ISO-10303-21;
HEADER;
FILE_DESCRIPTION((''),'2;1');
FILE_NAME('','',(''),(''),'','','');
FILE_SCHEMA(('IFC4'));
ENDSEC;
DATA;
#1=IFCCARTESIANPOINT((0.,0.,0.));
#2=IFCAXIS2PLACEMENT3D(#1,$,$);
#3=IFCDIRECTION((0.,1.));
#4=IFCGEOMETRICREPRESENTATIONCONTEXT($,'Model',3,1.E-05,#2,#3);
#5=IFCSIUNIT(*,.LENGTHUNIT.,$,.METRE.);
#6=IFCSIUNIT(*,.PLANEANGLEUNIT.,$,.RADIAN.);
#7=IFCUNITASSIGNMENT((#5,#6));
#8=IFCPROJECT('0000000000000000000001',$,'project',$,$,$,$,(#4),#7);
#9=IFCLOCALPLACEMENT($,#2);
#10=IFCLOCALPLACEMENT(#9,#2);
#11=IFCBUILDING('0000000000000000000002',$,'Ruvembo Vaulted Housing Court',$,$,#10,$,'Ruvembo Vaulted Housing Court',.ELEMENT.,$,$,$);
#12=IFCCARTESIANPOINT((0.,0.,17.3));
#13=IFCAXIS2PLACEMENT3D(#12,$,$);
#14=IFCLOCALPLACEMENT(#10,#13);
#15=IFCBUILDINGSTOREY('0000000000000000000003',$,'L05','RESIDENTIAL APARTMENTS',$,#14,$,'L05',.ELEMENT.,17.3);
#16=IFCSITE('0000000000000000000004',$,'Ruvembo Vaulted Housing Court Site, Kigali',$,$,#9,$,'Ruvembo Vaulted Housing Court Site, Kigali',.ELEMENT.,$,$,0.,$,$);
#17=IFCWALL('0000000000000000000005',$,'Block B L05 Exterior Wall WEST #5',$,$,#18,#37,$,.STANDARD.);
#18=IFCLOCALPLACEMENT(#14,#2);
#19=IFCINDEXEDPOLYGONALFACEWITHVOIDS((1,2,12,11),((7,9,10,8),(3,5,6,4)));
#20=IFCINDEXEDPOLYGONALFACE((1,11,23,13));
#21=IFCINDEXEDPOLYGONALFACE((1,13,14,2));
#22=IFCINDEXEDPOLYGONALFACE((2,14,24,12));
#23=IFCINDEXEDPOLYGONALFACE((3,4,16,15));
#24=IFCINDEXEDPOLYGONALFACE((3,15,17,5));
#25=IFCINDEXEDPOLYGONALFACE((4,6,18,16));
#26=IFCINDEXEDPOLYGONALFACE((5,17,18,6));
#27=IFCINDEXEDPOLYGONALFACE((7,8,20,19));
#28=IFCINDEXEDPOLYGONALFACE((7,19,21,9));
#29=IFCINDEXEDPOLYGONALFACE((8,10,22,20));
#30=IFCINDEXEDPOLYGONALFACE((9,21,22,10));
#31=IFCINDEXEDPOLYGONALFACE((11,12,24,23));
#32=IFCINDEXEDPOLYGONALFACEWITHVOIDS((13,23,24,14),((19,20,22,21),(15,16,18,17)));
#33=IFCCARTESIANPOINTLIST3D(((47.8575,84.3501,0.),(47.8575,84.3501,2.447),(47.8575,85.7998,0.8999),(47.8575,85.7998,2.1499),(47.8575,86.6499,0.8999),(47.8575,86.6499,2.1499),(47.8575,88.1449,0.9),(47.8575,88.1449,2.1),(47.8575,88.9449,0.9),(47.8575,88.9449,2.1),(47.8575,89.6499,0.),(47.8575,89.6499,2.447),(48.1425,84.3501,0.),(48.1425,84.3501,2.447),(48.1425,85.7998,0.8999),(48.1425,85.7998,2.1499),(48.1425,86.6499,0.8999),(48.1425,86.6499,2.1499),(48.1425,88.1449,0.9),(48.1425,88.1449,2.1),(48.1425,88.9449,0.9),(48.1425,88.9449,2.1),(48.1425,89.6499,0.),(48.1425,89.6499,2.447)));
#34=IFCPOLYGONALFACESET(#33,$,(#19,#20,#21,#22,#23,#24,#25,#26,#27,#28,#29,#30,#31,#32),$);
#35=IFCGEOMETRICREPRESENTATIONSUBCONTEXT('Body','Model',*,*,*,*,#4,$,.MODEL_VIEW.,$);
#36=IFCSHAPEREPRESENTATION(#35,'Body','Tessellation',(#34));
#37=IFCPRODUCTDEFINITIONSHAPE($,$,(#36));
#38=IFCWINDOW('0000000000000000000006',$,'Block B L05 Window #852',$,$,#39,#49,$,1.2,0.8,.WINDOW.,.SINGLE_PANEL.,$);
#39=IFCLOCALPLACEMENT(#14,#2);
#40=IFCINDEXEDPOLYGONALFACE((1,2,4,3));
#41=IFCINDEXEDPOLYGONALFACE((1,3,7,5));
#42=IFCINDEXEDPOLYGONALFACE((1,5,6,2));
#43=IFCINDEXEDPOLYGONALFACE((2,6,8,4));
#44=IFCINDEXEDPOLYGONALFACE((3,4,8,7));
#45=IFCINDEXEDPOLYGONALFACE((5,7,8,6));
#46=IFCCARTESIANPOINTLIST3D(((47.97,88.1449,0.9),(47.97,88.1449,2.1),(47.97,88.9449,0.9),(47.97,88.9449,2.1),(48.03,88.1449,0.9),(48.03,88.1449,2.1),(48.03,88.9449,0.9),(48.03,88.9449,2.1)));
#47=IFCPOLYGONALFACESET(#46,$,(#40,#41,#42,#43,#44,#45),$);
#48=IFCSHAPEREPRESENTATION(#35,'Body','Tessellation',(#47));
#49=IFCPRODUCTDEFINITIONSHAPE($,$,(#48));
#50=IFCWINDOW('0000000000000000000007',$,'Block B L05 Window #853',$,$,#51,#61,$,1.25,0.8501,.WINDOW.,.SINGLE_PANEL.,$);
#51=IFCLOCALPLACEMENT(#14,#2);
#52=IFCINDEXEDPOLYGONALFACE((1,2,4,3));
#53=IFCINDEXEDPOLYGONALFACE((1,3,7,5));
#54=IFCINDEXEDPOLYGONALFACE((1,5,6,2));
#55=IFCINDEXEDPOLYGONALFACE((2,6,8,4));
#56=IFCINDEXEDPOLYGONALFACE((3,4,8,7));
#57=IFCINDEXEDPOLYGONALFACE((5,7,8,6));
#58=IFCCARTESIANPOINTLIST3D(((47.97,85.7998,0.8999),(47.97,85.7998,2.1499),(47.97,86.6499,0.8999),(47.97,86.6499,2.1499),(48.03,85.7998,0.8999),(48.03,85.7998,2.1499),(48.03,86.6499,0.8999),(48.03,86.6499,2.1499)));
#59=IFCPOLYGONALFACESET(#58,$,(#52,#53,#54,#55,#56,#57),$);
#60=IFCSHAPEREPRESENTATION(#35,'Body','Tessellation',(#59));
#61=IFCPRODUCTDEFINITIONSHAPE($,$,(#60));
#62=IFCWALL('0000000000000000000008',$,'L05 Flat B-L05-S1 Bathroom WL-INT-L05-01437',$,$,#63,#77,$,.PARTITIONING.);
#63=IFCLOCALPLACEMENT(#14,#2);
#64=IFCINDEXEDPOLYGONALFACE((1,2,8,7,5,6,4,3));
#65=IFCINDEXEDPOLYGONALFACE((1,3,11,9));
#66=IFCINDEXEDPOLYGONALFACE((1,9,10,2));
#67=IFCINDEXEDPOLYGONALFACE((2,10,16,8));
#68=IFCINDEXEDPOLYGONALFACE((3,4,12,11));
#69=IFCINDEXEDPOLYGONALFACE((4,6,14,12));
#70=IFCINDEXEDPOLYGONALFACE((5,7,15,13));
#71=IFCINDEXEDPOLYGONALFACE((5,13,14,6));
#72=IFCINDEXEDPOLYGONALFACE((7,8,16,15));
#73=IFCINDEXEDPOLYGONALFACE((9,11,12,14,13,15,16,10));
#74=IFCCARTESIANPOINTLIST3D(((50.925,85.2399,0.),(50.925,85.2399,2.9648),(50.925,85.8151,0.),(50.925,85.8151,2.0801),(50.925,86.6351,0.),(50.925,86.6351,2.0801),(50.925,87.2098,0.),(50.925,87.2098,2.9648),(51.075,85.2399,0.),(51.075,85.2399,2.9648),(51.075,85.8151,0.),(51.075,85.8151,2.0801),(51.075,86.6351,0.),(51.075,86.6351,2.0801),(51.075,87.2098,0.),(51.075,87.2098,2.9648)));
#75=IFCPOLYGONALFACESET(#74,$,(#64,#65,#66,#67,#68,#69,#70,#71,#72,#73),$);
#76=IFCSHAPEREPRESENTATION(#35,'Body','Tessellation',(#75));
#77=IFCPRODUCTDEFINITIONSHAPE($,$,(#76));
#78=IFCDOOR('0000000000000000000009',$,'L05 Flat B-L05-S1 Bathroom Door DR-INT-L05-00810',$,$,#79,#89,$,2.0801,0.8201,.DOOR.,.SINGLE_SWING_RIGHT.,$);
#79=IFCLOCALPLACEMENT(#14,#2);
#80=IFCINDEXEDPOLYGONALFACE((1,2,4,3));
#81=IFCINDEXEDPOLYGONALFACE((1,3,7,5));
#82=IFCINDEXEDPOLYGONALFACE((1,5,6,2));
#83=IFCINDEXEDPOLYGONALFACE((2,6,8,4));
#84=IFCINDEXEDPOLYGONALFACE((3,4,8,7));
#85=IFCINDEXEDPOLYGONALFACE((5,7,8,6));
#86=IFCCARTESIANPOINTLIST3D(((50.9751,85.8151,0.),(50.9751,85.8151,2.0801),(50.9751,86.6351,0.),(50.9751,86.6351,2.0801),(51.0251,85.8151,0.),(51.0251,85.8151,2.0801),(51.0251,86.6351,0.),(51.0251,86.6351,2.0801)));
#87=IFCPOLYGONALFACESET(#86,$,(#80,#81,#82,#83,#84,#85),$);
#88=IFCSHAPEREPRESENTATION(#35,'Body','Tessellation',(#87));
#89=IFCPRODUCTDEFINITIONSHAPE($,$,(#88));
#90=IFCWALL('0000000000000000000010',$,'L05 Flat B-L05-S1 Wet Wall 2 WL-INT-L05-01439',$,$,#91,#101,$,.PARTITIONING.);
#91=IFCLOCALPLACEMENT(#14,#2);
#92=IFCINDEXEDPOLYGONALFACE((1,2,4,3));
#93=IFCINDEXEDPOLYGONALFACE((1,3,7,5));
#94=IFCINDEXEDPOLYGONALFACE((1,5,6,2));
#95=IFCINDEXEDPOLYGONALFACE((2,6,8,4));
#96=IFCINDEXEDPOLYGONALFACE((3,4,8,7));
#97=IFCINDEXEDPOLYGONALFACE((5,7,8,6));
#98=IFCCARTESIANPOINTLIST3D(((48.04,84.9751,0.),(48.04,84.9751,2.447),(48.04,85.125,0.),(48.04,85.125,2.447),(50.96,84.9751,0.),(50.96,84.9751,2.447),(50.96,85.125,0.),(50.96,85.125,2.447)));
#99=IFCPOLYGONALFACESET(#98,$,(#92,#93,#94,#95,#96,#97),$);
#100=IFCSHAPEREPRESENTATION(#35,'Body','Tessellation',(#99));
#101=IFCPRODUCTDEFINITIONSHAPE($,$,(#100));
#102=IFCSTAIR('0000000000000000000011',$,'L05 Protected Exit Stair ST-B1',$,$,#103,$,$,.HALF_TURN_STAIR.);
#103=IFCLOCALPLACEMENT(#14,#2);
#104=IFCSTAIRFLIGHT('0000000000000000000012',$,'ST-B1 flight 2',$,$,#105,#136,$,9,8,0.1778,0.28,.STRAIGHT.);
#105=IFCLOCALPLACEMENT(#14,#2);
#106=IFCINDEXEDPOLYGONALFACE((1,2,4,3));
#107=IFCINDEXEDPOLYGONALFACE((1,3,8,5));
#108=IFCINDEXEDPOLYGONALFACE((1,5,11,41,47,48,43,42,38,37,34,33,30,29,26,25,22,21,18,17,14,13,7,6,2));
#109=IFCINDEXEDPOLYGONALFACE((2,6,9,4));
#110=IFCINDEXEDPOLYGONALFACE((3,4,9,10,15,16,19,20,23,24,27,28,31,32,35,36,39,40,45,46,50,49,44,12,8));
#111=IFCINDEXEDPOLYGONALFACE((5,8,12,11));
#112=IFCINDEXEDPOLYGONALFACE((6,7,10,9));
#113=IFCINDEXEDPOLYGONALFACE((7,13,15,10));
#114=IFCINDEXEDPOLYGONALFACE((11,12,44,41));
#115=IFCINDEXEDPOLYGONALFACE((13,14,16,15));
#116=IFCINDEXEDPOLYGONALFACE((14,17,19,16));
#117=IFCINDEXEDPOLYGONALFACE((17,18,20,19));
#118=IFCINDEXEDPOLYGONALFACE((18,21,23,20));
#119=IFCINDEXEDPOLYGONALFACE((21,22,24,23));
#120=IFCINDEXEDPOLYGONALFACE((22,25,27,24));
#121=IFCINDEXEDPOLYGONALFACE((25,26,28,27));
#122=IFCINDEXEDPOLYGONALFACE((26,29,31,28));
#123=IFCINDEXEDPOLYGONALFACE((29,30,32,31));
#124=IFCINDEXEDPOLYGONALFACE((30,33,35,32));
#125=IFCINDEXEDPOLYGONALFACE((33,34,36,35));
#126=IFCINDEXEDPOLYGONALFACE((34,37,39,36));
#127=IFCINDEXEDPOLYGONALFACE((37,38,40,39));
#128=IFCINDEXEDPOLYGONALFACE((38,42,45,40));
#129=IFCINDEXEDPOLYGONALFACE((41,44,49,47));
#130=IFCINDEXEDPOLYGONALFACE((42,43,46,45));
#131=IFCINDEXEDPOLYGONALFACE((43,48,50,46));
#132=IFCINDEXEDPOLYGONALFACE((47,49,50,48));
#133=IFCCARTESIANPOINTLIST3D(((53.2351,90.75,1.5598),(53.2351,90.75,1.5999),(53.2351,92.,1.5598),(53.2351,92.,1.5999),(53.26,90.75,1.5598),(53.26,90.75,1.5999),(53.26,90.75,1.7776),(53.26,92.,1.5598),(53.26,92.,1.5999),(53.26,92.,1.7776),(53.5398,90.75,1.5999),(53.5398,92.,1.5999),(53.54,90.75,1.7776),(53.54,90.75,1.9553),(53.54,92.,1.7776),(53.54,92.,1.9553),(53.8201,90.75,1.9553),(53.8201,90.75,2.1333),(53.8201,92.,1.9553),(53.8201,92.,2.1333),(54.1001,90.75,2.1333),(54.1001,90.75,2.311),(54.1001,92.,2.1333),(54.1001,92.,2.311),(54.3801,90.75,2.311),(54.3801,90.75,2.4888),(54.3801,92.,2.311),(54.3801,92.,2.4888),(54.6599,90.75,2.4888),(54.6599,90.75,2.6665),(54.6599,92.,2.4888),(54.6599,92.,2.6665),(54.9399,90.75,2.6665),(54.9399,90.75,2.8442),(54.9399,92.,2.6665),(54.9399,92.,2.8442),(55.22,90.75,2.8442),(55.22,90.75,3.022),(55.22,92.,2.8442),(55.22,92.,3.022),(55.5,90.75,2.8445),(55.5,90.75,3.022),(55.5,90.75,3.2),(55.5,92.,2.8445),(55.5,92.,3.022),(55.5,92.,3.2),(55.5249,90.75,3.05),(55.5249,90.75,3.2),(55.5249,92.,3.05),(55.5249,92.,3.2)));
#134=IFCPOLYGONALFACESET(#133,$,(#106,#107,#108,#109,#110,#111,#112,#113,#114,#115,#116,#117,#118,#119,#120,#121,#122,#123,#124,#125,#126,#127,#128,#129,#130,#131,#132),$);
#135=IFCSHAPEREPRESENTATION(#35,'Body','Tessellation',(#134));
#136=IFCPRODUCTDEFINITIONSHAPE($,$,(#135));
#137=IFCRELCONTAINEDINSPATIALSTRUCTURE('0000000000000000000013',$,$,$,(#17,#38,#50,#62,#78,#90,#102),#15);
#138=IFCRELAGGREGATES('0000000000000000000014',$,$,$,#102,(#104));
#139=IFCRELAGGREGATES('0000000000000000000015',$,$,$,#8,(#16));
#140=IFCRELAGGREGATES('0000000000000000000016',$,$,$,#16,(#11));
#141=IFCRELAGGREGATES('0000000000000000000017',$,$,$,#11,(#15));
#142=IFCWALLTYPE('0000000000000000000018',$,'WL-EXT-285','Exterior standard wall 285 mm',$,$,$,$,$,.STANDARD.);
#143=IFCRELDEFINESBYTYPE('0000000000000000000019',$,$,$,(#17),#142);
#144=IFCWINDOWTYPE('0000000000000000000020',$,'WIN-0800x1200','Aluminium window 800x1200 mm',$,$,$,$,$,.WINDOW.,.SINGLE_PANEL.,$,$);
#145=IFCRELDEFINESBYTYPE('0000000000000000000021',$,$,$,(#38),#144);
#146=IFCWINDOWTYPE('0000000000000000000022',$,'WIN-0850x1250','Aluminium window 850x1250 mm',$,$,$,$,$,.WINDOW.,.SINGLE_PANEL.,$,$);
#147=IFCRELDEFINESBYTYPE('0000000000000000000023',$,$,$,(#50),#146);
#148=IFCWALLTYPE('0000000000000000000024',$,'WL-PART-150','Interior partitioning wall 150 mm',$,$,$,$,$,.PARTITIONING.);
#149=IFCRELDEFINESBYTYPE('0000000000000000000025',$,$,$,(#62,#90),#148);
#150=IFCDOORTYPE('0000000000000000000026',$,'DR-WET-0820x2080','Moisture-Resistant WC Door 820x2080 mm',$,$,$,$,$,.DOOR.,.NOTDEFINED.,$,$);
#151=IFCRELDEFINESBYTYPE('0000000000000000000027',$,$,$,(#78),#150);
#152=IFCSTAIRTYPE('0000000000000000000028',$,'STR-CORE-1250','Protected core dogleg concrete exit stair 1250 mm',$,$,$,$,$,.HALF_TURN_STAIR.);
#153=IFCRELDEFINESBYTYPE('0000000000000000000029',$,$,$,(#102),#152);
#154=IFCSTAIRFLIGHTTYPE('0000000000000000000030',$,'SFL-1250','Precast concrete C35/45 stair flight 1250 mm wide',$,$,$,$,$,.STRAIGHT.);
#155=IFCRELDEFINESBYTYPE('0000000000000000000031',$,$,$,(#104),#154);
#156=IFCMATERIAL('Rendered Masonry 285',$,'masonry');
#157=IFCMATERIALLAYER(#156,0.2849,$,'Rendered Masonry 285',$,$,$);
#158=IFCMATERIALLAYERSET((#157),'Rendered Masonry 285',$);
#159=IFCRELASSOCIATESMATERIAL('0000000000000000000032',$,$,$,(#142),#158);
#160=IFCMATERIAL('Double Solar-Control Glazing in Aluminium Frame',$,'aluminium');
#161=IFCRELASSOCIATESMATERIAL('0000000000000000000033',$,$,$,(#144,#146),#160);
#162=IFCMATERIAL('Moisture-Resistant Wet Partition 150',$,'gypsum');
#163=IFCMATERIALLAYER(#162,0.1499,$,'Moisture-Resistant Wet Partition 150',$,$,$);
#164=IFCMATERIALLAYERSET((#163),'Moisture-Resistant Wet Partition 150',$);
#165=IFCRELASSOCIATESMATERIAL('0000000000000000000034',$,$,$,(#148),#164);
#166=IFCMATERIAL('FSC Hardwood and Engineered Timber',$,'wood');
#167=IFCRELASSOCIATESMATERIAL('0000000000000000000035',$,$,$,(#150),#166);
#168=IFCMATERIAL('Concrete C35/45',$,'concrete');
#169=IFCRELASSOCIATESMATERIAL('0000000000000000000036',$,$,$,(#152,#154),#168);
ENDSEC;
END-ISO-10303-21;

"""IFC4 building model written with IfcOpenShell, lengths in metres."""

from ifc_helpers import new_model, si_unit, direction, frame, frame_2d, origin, place, context, subcontext, project, spatial, polyline, rectangle, outline, extrude, material, layer, layer_set, type_object, element, fill, aggregate, save


model = new_model("IFC4")

# Units and contexts
model_context = context("Model", 3, precision=1e-05, world=origin(), true_north=direction((0.0, 1.0)))
body_context = subcontext(model_context, "Body", "Model", "MODEL_VIEW")
ifc_project = project(units=[si_unit("LENGTHUNIT", "METRE"), si_unit("PLANEANGLEUNIT", "RADIAN")], contexts=[model_context])

# Site, building, storey
site_placement = place(None, origin())
site = spatial("IfcSite", under=ifc_project, at=site_placement, Name="Ruvembo Vaulted Housing Court Site, Kigali", LongName="Ruvembo Vaulted Housing Court Site, Kigali", CompositionType="ELEMENT", RefElevation=0.0)
building_placement = place(site_placement, origin())
building = spatial("IfcBuilding", under=site, at=building_placement, Name="Ruvembo Vaulted Housing Court", LongName="Ruvembo Vaulted Housing Court", CompositionType="ELEMENT")
storey_placement = place(building_placement, frame((0.0, 0.0, 17.3)))
storey = spatial("IfcBuildingStorey", under=building, at=storey_placement, Name="L05", Description="RESIDENTIAL APARTMENTS", LongName="L05", CompositionType="ELEMENT", Elevation=17.3)

# Shared definitions
ifc_material_1 = material(Name="Concrete C35/45", Category="concrete")

# Shared definitions
ifc_material_2 = material(Name="FSC Hardwood and Engineered Timber", Category="wood")

# Wall, openings, windows
ifc_material_3 = material(Name="Rendered Masonry 285", Category="masonry")
ifc_layer_1 = layer(ifc_material_3, 0.2849, Name="Rendered Masonry 285")
ifc_layer_set_1 = layer_set([ifc_layer_1], Name="Rendered Masonry 285")
wall_type_1 = type_object("IfcWallType", Name="WL-EXT-285", Description="Exterior standard wall 285 mm", PredefinedType="STANDARD", material=ifc_layer_set_1)
wall_1_placement = place(storey_placement, frame((48.0, 89.6499, 0.0), z_axis=(0.0, 0.0, 1.0), x_axis=(0.0, -1.0, 0.0)))
wall_1 = element("IfcWall", 1, at=wall_1_placement, inside=storey, type_object=wall_type_1, Name="Block B L05 Exterior Wall WEST #5", PredefinedType="STANDARD", context=body_context, shape_type="SweptSolid", body=[
    extrude(rectangle(XDim=5.2998, YDim=0.2849, at=frame_2d((2.6499, 0.0))), origin(), (0.0, 0.0, 1.0), 2.447),
])
opening_1_placement = place(wall_1_placement, frame((0.7051, 0.0, 0.8999)))
opening_1 = element("IfcOpeningElement", 2, at=opening_1_placement, cuts=wall_1, PredefinedType="OPENING", context=body_context, shape_type="SweptSolid", body=[
    extrude(rectangle(XDim=0.8, YDim=1.2, at=frame_2d((0.3999, 0.6001))), frame((0.0, 0.1523, 0.0), z_axis=(0.0, -1.0, 0.0), x_axis=(1.0, 0.0, 0.0)), (0.0, 0.0, 1.0), 0.3049),
])
opening_2_placement = place(wall_1_placement, frame((3.0, 0.0, 0.8999)))
opening_2 = element("IfcOpeningElement", 3, at=opening_2_placement, cuts=wall_1, PredefinedType="OPENING", context=body_context, shape_type="SweptSolid", body=[
    extrude(rectangle(XDim=0.8501, YDim=1.25, at=frame_2d((0.425, 0.625))), frame((0.0, 0.1523, 0.0), z_axis=(0.0, -1.0, 0.0), x_axis=(1.0, 0.0, 0.0)), (0.0, 0.0, 1.0), 0.3049),
])
ifc_material_4 = material(Name="Double Solar-Control Glazing in Aluminium Frame", Category="aluminium")
window_type_1 = type_object("IfcWindowType", Name="WIN-0800x1200", Description="Aluminium window 800x1200 mm", PartitioningType="SINGLE_PANEL", PredefinedType="WINDOW", material=ifc_material_4)
window_1_placement = place(opening_1_placement, origin())
window_1 = element("IfcWindow", 4, at=window_1_placement, inside=storey, type_object=window_type_1, Name="Block B L05 Window #852", OverallHeight=1.2, OverallWidth=0.8, PartitioningType="SINGLE_PANEL", PredefinedType="WINDOW", context=body_context, shape_type="SweptSolid", body=[
    extrude(rectangle(XDim=0.8, YDim=1.2, at=frame_2d((0.3999, 0.6001))), frame((0.0, 0.03, 0.0), z_axis=(0.0, -1.0, 0.0), x_axis=(1.0, 0.0, 0.0)), (0.0, 0.0, 1.0), 0.0601),
])
fill(opening_1, window_1)
window_type_2 = type_object("IfcWindowType", Name="WIN-0850x1250", Description="Aluminium window 850x1250 mm", PartitioningType="SINGLE_PANEL", PredefinedType="WINDOW", material=ifc_material_4)
window_2_placement = place(opening_2_placement, origin())
window_2 = element("IfcWindow", 5, at=window_2_placement, inside=storey, type_object=window_type_2, Name="Block B L05 Window #853", OverallHeight=1.25, OverallWidth=0.8501, PartitioningType="SINGLE_PANEL", PredefinedType="WINDOW", context=body_context, shape_type="SweptSolid", body=[
    extrude(rectangle(XDim=0.8501, YDim=1.25, at=frame_2d((0.425, 0.625))), frame((0.0, 0.03, 0.0), z_axis=(0.0, -1.0, 0.0), x_axis=(1.0, 0.0, 0.0)), (0.0, 0.0, 1.0), 0.0601),
])
fill(opening_2, window_2)

# Wall, opening, door
ifc_material_5 = material(Name="Moisture-Resistant Wet Partition 150", Category="gypsum")
ifc_layer_2 = layer(ifc_material_5, 0.1499, Name="Moisture-Resistant Wet Partition 150")
ifc_layer_set_2 = layer_set([ifc_layer_2], Name="Moisture-Resistant Wet Partition 150")
wall_type_2 = type_object("IfcWallType", Name="WL-PART-150", Description="Interior partitioning wall 150 mm", PredefinedType="PARTITIONING", material=ifc_layer_set_2)
wall_2_placement = place(storey_placement, frame((51.0, 85.24, 0.0), z_axis=(0.0, 0.0, 1.0), x_axis=(0.0, 1.0, 0.0)))
wall_2 = element("IfcWall", 6, at=wall_2_placement, inside=storey, type_object=wall_type_2, Name="L05 Flat B-L05-S1 Bathroom WL-INT-L05-01437", PredefinedType="PARTITIONING", context=body_context, shape_type="SweptSolid", body=[
    extrude(rectangle(XDim=1.97, YDim=0.1499, at=frame_2d((0.9849, 0.0))), origin(), (0.0, 0.0, 1.0), 2.9648),
])
opening_3_placement = place(wall_2_placement, frame((0.575, 0.0, 0.0)))
opening_3 = element("IfcOpeningElement", 7, at=opening_3_placement, cuts=wall_2, PredefinedType="OPENING", context=body_context, shape_type="SweptSolid", body=[
    extrude(rectangle(XDim=0.8201, YDim=2.0801, at=frame_2d((0.4102, 1.04))), frame((0.0, 0.085, 0.0), z_axis=(0.0, -1.0, 0.0), x_axis=(1.0, 0.0, 0.0)), (0.0, 0.0, 1.0), 0.1699),
])
door_type_1 = type_object("IfcDoorType", Name="DR-WET-0820x2080", Description="Moisture-Resistant WC Door 820x2080 mm", OperationType="NOTDEFINED", PredefinedType="DOOR", material=ifc_material_2)
door_1_placement = place(opening_3_placement, origin())
door_1 = element("IfcDoor", 8, at=door_1_placement, inside=storey, type_object=door_type_1, Name="L05 Flat B-L05-S1 Bathroom Door DR-INT-L05-00810", OperationType="SINGLE_SWING_RIGHT", OverallHeight=2.0801, OverallWidth=0.8201, PredefinedType="DOOR", context=body_context, shape_type="SweptSolid", body=[
    extrude(rectangle(XDim=0.8201, YDim=2.0801, at=frame_2d((0.4102, 1.04))), frame((0.0, 0.0249, 0.0), z_axis=(0.0, -1.0, 0.0), x_axis=(1.0, 0.0, 0.0)), (0.0, 0.0, 1.0), 0.05),
])
fill(opening_3, door_1)

# Wall
wall_3_placement = place(storey_placement, frame((48.04, 85.05, 0.0), z_axis=(0.0, 0.0, 1.0), x_axis=(1.0, 0.0, 0.0)))
element("IfcWall", 9, at=wall_3_placement, inside=storey, type_object=wall_type_2, Name="L05 Flat B-L05-S1 Wet Wall 2 WL-INT-L05-01439", PredefinedType="PARTITIONING", context=body_context, shape_type="SweptSolid", body=[
    extrude(rectangle(XDim=2.9199, YDim=0.1499, at=frame_2d((1.46, 0.0))), origin(), (0.0, 0.0, 1.0), 2.447),
])

# Stair, stair flight
stair_type = type_object("IfcStairType", Name="STR-CORE-1250", Description="Protected core dogleg concrete exit stair 1250 mm", PredefinedType="HALF_TURN_STAIR", material=ifc_material_1)
stair_placement = place(storey_placement, origin())
stair = element("IfcStair", 10, at=stair_placement, inside=storey, type_object=stair_type, Name="L05 Protected Exit Stair ST-B1", PredefinedType="HALF_TURN_STAIR")
stair_flight_type = type_object("IfcStairFlightType", Name="SFL-1250", Description="Precast concrete C35/45 stair flight 1250 mm wide", PredefinedType="STRAIGHT", material=ifc_material_1)
stair_flight_placement = place(storey_placement, frame((53.26, 91.375, 1.5999), z_axis=(0.0, 0.0, 1.0), x_axis=(1.0, 0.0, 0.0)))
stair_flight = element("IfcStairFlight", 11, at=stair_flight_placement, type_object=stair_flight_type, Name="ST-B1 flight 2", NumberOfRisers=9, NumberOfTreads=8, PredefinedType="STRAIGHT", RiserHeight=0.1778, TreadLength=0.28, context=body_context, shape_type="SweptSolid", body=[
    extrude(outline(polyline([(-0.0249, -0.04), (-0.0249, 0.0), (0.0, 0.0), (0.0, 0.1777), (0.28, 0.1777), (0.28, 0.3555), (0.5601, 0.3555), (0.5601, 0.5334), (0.8401, 0.5334), (0.8401, 0.7112), (1.1201, 0.7112), (1.1201, 0.8889), (1.3999, 0.8889), (1.3999, 1.0667), (1.6799, 1.0667), (1.6799, 1.2444), (1.96, 1.2444), (1.96, 1.4221), (2.24, 1.4221), (2.24, 1.6001), (2.2649, 1.6001), (2.2649, 1.4502), (2.24, 1.2446), (0.2798, 0.0), (0.0, -0.04), (-0.0249, -0.04)])), frame((0.0, 0.625, 0.0), z_axis=(0.0, -1.0, 0.0), x_axis=(1.0, 0.0, 0.0)), (0.0, 0.0, 1.0), 1.25),
])
aggregate(stair, [stair_flight])

save(model, "model.ifc")
